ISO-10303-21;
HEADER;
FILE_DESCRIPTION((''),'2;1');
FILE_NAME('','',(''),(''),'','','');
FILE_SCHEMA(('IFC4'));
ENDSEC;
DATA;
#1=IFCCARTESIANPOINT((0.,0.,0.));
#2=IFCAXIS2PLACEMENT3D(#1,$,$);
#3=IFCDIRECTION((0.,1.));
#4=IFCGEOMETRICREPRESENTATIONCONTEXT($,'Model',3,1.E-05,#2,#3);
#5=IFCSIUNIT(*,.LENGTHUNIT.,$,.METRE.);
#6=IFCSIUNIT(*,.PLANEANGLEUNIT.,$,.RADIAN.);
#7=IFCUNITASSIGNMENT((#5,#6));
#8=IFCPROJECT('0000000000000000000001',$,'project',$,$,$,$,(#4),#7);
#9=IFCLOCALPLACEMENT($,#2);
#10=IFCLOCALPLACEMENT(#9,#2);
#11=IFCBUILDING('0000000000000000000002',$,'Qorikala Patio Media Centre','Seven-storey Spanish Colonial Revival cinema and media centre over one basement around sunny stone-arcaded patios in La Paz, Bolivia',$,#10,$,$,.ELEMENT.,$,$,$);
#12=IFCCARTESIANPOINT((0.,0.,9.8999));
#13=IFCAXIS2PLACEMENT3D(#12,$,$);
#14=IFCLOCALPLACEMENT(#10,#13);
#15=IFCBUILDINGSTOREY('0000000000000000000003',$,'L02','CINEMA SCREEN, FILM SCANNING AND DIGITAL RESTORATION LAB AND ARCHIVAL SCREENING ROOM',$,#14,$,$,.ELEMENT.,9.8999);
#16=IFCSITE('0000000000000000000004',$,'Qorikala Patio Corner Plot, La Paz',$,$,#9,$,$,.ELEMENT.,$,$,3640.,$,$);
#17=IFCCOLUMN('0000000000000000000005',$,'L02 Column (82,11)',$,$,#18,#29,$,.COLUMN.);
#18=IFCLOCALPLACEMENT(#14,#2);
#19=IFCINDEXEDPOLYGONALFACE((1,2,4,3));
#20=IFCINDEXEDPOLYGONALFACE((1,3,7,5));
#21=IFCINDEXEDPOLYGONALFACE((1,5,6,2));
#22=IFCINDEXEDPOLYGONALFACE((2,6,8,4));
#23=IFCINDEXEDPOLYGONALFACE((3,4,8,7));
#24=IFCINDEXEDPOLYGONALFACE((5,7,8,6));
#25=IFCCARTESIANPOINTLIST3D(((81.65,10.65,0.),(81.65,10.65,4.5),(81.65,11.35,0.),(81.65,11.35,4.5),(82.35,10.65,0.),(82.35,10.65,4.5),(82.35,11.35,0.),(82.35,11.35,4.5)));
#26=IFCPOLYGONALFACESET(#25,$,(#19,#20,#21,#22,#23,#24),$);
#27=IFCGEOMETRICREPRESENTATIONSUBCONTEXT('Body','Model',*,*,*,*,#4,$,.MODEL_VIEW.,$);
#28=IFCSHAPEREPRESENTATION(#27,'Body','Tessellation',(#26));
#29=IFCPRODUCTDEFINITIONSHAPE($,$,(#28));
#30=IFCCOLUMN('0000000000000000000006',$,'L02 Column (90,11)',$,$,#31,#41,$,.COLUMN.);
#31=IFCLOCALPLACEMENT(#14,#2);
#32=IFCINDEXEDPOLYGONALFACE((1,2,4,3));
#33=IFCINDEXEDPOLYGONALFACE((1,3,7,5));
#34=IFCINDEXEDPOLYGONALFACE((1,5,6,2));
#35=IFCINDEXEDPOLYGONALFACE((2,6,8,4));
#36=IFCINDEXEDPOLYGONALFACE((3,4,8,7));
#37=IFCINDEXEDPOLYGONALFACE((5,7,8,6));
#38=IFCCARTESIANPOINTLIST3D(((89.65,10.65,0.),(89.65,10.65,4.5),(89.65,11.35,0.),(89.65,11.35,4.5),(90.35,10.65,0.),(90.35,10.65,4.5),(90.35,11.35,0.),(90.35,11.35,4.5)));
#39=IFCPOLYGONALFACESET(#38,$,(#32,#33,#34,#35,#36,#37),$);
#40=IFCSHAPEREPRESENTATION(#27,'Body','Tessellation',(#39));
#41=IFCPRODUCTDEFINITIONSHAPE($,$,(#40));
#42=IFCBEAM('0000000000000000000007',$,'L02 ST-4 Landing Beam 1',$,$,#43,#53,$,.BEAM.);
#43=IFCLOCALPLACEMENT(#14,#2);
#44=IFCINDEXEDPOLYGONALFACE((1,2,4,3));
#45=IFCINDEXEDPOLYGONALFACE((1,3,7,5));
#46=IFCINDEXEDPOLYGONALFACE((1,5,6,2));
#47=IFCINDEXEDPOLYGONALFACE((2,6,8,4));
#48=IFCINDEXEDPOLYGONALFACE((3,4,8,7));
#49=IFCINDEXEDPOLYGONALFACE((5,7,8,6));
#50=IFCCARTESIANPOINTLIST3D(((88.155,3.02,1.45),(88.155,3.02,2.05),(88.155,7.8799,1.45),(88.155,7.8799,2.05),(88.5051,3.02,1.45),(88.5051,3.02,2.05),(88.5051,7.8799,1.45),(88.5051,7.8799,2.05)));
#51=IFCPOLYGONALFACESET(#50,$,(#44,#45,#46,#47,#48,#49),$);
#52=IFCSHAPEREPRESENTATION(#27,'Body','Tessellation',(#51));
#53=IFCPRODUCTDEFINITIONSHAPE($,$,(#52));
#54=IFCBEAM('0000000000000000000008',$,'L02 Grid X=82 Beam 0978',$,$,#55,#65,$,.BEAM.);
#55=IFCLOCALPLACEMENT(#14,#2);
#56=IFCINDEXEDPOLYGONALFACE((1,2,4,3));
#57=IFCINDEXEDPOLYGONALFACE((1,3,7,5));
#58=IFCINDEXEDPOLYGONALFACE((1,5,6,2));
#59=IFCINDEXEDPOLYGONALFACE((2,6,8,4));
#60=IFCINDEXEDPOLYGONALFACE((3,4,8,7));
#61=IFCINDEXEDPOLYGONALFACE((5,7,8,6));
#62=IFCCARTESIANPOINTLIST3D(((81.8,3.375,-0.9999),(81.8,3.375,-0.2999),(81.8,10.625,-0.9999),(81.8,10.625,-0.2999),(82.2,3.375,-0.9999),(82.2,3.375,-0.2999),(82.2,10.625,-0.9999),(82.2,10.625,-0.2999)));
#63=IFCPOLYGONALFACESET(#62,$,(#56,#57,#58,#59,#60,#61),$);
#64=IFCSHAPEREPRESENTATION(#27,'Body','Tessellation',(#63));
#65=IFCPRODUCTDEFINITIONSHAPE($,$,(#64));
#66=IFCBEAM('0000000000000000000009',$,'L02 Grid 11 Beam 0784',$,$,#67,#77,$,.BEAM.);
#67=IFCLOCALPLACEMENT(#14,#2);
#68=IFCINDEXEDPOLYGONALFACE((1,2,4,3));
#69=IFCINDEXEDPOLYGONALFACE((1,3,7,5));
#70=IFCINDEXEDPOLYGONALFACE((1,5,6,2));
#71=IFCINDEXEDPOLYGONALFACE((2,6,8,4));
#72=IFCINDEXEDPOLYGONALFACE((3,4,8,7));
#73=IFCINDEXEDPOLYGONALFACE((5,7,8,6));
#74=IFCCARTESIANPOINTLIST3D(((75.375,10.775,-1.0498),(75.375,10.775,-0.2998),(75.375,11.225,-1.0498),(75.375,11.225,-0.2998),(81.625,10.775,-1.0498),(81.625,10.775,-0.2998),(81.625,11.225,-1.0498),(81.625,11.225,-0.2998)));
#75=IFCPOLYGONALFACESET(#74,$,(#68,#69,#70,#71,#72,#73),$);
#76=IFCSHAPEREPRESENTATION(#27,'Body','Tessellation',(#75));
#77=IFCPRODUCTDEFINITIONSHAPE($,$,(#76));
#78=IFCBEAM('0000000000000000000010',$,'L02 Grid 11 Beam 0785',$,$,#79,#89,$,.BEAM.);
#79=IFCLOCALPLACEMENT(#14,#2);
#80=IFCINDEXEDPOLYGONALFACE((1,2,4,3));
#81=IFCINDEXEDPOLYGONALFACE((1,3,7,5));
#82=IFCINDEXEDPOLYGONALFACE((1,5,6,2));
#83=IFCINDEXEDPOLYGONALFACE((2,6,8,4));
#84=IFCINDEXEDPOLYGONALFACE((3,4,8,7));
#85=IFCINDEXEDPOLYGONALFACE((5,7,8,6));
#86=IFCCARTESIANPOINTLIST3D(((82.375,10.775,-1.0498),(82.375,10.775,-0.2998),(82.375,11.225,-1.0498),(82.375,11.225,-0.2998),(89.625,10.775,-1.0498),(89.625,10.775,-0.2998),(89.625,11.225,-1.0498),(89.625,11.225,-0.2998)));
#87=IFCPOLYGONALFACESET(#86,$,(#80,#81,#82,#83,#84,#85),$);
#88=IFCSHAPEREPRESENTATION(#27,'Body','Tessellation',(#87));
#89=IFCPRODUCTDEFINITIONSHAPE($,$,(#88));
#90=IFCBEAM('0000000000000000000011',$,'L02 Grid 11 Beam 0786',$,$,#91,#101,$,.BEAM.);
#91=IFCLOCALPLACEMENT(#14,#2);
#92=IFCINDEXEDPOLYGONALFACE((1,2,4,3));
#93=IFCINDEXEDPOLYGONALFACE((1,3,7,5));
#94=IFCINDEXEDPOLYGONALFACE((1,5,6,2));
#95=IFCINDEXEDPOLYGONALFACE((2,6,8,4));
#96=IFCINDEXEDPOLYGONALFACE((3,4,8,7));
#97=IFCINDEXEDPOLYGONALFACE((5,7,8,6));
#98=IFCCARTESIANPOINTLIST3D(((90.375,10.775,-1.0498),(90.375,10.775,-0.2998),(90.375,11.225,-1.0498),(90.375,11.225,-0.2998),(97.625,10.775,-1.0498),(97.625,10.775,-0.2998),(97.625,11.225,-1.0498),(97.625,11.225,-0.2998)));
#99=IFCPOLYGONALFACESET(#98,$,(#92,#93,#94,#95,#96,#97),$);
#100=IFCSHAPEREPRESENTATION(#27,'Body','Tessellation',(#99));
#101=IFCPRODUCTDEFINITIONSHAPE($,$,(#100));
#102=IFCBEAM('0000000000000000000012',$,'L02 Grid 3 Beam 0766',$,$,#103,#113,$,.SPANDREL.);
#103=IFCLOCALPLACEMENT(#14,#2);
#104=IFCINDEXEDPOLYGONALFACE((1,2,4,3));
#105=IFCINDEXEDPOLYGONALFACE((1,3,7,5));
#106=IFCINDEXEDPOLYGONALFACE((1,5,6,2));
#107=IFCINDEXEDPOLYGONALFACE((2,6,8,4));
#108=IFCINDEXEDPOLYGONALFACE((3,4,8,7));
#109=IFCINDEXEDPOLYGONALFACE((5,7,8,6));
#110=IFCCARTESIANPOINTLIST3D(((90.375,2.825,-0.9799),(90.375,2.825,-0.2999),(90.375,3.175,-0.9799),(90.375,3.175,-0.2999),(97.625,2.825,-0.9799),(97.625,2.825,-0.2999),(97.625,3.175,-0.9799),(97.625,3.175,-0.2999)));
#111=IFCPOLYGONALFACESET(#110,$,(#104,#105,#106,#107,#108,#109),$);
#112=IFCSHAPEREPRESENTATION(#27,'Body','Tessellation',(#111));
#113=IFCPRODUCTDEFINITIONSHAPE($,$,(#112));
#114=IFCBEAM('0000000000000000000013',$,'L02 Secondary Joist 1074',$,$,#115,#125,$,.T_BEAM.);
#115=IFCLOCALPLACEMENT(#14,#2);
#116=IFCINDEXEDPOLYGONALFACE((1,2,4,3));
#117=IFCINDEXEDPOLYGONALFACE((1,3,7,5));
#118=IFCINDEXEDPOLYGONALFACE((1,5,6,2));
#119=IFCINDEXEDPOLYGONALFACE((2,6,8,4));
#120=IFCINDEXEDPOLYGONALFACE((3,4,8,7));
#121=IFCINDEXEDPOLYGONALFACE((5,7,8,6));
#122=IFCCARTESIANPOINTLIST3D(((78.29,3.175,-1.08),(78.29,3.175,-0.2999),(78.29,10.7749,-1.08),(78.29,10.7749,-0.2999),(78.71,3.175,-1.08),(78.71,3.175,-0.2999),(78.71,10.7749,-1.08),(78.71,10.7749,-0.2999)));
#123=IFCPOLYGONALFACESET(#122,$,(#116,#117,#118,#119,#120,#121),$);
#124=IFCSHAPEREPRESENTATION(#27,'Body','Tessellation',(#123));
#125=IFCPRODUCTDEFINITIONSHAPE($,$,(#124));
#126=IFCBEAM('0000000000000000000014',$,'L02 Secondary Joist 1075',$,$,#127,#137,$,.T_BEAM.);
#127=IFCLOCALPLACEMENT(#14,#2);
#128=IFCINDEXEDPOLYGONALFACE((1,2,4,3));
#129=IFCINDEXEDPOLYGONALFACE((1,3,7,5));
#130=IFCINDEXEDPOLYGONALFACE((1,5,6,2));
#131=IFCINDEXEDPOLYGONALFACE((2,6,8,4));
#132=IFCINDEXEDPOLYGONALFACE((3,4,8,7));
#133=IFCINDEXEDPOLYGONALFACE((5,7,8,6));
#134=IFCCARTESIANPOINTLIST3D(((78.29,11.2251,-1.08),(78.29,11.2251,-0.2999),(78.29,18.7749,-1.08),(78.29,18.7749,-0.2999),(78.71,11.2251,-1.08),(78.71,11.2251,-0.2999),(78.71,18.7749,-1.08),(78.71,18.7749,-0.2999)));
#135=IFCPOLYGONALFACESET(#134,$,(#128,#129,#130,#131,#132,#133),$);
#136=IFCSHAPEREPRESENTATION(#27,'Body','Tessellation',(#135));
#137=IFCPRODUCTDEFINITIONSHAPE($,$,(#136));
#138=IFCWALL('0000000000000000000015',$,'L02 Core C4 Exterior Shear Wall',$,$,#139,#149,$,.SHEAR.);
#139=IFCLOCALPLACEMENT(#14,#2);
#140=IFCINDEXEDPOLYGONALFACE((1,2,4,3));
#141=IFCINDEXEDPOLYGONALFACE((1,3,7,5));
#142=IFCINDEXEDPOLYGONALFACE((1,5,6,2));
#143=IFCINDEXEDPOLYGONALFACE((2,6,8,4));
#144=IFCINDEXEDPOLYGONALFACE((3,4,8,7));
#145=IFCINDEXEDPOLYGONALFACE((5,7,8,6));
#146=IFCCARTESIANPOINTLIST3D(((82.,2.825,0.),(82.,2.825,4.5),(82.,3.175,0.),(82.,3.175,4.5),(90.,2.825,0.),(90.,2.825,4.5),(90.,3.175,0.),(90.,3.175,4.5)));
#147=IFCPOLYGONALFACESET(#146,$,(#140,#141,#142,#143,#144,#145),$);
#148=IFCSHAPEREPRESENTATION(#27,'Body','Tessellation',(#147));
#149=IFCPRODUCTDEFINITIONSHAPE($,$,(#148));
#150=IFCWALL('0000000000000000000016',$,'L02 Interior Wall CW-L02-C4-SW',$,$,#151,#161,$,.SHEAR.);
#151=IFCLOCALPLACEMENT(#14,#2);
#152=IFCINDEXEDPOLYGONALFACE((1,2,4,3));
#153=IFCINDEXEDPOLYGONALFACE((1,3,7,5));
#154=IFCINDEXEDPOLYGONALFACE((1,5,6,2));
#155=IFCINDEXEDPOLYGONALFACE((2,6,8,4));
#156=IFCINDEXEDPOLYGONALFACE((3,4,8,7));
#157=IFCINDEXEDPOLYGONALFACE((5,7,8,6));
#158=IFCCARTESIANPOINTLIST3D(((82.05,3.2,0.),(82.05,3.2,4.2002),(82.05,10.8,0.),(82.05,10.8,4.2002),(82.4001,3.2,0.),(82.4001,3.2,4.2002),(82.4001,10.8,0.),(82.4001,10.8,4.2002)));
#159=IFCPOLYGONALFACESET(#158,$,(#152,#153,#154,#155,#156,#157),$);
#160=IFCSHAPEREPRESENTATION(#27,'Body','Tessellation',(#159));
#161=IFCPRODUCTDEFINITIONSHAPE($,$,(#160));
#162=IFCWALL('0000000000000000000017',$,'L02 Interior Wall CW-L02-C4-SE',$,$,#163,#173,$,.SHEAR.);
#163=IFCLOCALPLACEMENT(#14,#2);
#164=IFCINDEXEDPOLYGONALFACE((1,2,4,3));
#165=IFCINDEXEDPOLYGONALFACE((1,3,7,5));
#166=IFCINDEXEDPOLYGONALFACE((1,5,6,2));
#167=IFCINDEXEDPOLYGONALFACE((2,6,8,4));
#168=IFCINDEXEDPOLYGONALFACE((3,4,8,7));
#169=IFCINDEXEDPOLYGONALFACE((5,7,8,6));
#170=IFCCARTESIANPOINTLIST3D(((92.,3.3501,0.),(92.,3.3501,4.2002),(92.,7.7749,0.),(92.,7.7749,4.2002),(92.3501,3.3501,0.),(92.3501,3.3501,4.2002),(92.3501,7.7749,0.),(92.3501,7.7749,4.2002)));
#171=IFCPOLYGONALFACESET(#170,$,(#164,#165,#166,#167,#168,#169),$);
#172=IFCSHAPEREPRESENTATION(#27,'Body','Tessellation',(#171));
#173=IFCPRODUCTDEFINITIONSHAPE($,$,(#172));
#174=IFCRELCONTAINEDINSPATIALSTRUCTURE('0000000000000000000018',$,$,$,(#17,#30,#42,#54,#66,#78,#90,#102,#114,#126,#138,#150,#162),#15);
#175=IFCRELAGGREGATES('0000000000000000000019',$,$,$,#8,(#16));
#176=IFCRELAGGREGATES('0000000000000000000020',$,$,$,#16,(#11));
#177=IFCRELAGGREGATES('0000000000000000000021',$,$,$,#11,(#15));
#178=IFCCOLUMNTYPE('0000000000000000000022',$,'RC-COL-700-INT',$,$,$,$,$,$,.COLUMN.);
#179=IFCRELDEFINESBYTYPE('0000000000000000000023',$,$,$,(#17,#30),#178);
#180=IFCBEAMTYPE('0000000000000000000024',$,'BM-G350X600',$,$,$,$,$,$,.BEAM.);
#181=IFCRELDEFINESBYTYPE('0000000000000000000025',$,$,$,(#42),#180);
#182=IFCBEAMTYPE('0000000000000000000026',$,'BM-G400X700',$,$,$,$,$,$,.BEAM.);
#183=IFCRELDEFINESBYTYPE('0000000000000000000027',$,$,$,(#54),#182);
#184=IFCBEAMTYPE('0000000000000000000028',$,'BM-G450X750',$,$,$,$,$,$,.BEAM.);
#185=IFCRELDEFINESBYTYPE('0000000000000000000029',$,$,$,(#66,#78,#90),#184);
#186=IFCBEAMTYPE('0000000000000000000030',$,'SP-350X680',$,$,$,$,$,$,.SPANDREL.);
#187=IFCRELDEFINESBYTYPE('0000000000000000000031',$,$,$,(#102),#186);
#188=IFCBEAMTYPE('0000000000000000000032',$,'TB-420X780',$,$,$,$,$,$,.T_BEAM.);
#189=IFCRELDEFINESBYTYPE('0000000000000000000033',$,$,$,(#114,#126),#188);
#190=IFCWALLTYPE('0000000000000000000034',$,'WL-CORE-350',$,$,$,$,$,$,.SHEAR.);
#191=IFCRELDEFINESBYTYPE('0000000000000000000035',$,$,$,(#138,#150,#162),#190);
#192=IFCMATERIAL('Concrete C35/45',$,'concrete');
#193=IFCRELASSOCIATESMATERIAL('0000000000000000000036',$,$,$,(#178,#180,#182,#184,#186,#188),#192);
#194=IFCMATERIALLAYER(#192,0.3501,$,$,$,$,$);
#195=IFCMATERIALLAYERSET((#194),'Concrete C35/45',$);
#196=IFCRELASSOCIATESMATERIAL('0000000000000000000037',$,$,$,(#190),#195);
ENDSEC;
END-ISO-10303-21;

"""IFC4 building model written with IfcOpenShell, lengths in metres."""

from ifc_helpers import new_model, si_unit, direction, frame, frame_2d, origin, origin_2d, place, context, subcontext, project, spatial, rectangle, extrude, material, layer, layer_set, material_profile, profile_set, type_object, element, save


model = new_model("IFC4")

# Units and contexts
model_context = context("Model", 3, precision=1e-05, world=origin(), true_north=direction((0.0, 1.0)))
body_context = subcontext(model_context, "Body", "Model", "MODEL_VIEW")
ifc_project = project(units=[si_unit("LENGTHUNIT", "METRE"), si_unit("PLANEANGLEUNIT", "RADIAN")], contexts=[model_context])

# Site, building, storey
site_placement = place(None, origin())
site = spatial("IfcSite", under=ifc_project, at=site_placement, Name="Qorikala Patio Corner Plot, La Paz", CompositionType="ELEMENT", RefElevation=3640.0)
building_placement = place(site_placement, origin())
building = spatial("IfcBuilding", under=site, at=building_placement, Name="Qorikala Patio Media Centre", Description="Seven-storey Spanish Colonial Revival cinema and media centre over one basement around sunny stone-arcaded patios in La Paz, Bolivia", CompositionType="ELEMENT")
storey_placement = place(building_placement, frame((0.0, 0.0, 9.8999)))
storey = spatial("IfcBuildingStorey", under=building, at=storey_placement, Name="L02", Description="CINEMA SCREEN, FILM SCANNING AND DIGITAL RESTORATION LAB AND ARCHIVAL SCREENING ROOM", CompositionType="ELEMENT", Elevation=9.8999)

# Columns
ifc_material_1 = material(Name="Concrete C35/45", Category="concrete")
ifc_material_profile_1 = material_profile(ifc_material_1, rectangle(XDim=0.7, YDim=0.7, at=origin_2d()), Name="RC 700x700")
ifc_profile_set_1 = profile_set([ifc_material_profile_1], Name="Concrete C35/45")
column_type = type_object("IfcColumnType", Name="RC-COL-700-INT", PredefinedType="COLUMN", material=ifc_profile_set_1)
for number, where, z_axis, x_axis, name in (
    (1, (82.0, 11.0, 0.0), (0.0, 0.0, 1.0), (1.0, 0.0, 0.0), "L02 Column (82,11)"),
    (2, (90.0, 11.0, 0.0), (0.0, 0.0, 1.0), (1.0, 0.0, 0.0), "L02 Column (90,11)"),
):
    element("IfcColumn", number, at=place(storey_placement, frame(where, z_axis=z_axis, x_axis=x_axis)), inside=storey, type_object=column_type, Name=name, PredefinedType="COLUMN", context=body_context, shape_type="SweptSolid", body=[
        extrude(rectangle(XDim=0.7, YDim=0.7, at=origin_2d()), origin(), (0.0, 0.0, 1.0), 4.5),
    ])

# Beams
ifc_material_profile_2 = material_profile(ifc_material_1, rectangle(XDim=0.3501, YDim=0.6001, at=origin_2d()), Name="RC 350x600")
ifc_profile_set_2 = profile_set([ifc_material_profile_2], Name="Concrete C35/45")
beam_type_1 = type_object("IfcBeamType", Name="BM-G350X600", PredefinedType="BEAM", material=ifc_profile_set_2)
beam_1_placement = place(storey_placement, frame((88.3301, 3.02, 1.75), z_axis=(0.0, 1.0, 0.0), x_axis=(-1.0, 0.0, 0.0)))
element("IfcBeam", 3, at=beam_1_placement, inside=storey, type_object=beam_type_1, Name="L02 ST-4 Landing Beam 1", PredefinedType="BEAM", context=body_context, shape_type="SweptSolid", body=[
    extrude(rectangle(XDim=0.3501, YDim=0.6001, at=origin_2d()), origin(), (0.0, 0.0, 1.0), 4.8599),
])
ifc_material_profile_3 = material_profile(ifc_material_1, rectangle(XDim=0.3999, YDim=0.7, at=origin_2d()), Name="RC 400x700")
ifc_profile_set_3 = profile_set([ifc_material_profile_3], Name="Concrete C35/45")
beam_type_2 = type_object("IfcBeamType", Name="BM-G400X700", PredefinedType="BEAM", material=ifc_profile_set_3)
beam_2_placement = place(storey_placement, frame((82.0, 3.375, -0.6499), z_axis=(0.0, 1.0, 0.0), x_axis=(-1.0, 0.0, 0.0)))
element("IfcBeam", 4, at=beam_2_placement, inside=storey, type_object=beam_type_2, Name="L02 Grid X=82 Beam 0978", PredefinedType="BEAM", context=body_context, shape_type="SweptSolid", body=[
    extrude(rectangle(XDim=0.3999, YDim=0.7, at=origin_2d()), origin(), (0.0, 0.0, 1.0), 7.25),
])
ifc_material_profile_4 = material_profile(ifc_material_1, rectangle(XDim=0.45, YDim=0.75, at=origin_2d()), Name="RC 450x750")
ifc_profile_set_4 = profile_set([ifc_material_profile_4], Name="Concrete C35/45")
beam_type_3 = type_object("IfcBeamType", Name="BM-G450X750", PredefinedType="BEAM", material=ifc_profile_set_4)
beam_3_placement = place(storey_placement, frame((75.375, 11.0, -0.6748), z_axis=(1.0, 0.0, 0.0), x_axis=(0.0, 1.0, 0.0)))
element("IfcBeam", 5, at=beam_3_placement, inside=storey, type_object=beam_type_3, Name="L02 Grid 11 Beam 0784", PredefinedType="BEAM", context=body_context, shape_type="SweptSolid", body=[
    extrude(rectangle(XDim=0.45, YDim=0.75, at=origin_2d()), origin(), (0.0, 0.0, 1.0), 6.25),
])
for number, where, z_axis, x_axis, name in (
    (6, (82.375, 11.0, -0.6748), (1.0, 0.0, 0.0), (0.0, 1.0, 0.0), "L02 Grid 11 Beam 0785"),
    (7, (90.375, 11.0, -0.6748), (1.0, 0.0, 0.0), (0.0, 1.0, 0.0), "L02 Grid 11 Beam 0786"),
):
    element("IfcBeam", number, at=place(storey_placement, frame(where, z_axis=z_axis, x_axis=x_axis)), inside=storey, type_object=beam_type_3, Name=name, PredefinedType="BEAM", context=body_context, shape_type="SweptSolid", body=[
        extrude(rectangle(XDim=0.45, YDim=0.75, at=origin_2d()), origin(), (0.0, 0.0, 1.0), 7.25),
    ])
ifc_material_profile_5 = material_profile(ifc_material_1, rectangle(XDim=0.3501, YDim=0.6799, at=origin_2d()), Name="RC 350x680")
ifc_profile_set_5 = profile_set([ifc_material_profile_5], Name="Concrete C35/45")
beam_type_4 = type_object("IfcBeamType", Name="SP-350X680", PredefinedType="SPANDREL", material=ifc_profile_set_5)
beam_4_placement = place(storey_placement, frame((90.375, 3.0, -0.6399), z_axis=(1.0, 0.0, 0.0), x_axis=(0.0, 1.0, 0.0)))
element("IfcBeam", 8, at=beam_4_placement, inside=storey, type_object=beam_type_4, Name="L02 Grid 3 Beam 0766", PredefinedType="SPANDREL", context=body_context, shape_type="SweptSolid", body=[
    extrude(rectangle(XDim=0.3501, YDim=0.6799, at=origin_2d()), origin(), (0.0, 0.0, 1.0), 7.25),
])
ifc_material_profile_6 = material_profile(ifc_material_1, rectangle(XDim=0.4199, YDim=0.78, at=origin_2d()), Name="RC 420x780")
ifc_profile_set_6 = profile_set([ifc_material_profile_6], Name="Concrete C35/45")
beam_type_5 = type_object("IfcBeamType", Name="TB-420X780", PredefinedType="T_BEAM", material=ifc_profile_set_6)
beam_5_placement = place(storey_placement, frame((78.5, 3.175, -0.6899), z_axis=(0.0, 1.0, 0.0), x_axis=(-1.0, 0.0, 0.0)))
element("IfcBeam", 9, at=beam_5_placement, inside=storey, type_object=beam_type_5, Name="L02 Secondary Joist 1074", PredefinedType="T_BEAM", context=body_context, shape_type="SweptSolid", body=[
    extrude(rectangle(XDim=0.4199, YDim=0.78, at=origin_2d()), origin(), (0.0, 0.0, 1.0), 7.5999),
])
beam_6_placement = place(storey_placement, frame((78.5, 11.2251, -0.6899), z_axis=(0.0, 1.0, 0.0), x_axis=(-1.0, 0.0, 0.0)))
element("IfcBeam", 10, at=beam_6_placement, inside=storey, type_object=beam_type_5, Name="L02 Secondary Joist 1075", PredefinedType="T_BEAM", context=body_context, shape_type="SweptSolid", body=[
    extrude(rectangle(XDim=0.4199, YDim=0.78, at=origin_2d()), origin(), (0.0, 0.0, 1.0), 7.5498),
])

# Walls
ifc_layer_1 = layer(ifc_material_1, 0.3501)
ifc_layer_set_1 = layer_set([ifc_layer_1], Name="Concrete C35/45")
wall_type_1 = type_object("IfcWallType", Name="WL-CORE-350", PredefinedType="SHEAR", material=ifc_layer_set_1)
wall_1_placement = place(storey_placement, frame((90.0, 3.0, 0.0), z_axis=(0.0, 0.0, 1.0), x_axis=(-1.0, 0.0, 0.0)))
element("IfcWall", 11, at=wall_1_placement, inside=storey, type_object=wall_type_1, Name="L02 Core C4 Exterior Shear Wall", PredefinedType="SHEAR", context=body_context, shape_type="SweptSolid", body=[
    extrude(rectangle(XDim=8.0, YDim=0.3501, at=frame_2d((4.0, 0.0))), origin(), (0.0, 0.0, 1.0), 4.5),
])
wall_2_placement = place(storey_placement, frame((82.2251, 3.2, 0.0), z_axis=(0.0, 0.0, 1.0), x_axis=(0.0, 1.0, 0.0)))
element("IfcWall", 12, at=wall_2_placement, inside=storey, type_object=wall_type_1, Name="L02 Interior Wall CW-L02-C4-SW", PredefinedType="SHEAR", context=body_context, shape_type="SweptSolid", body=[
    extrude(rectangle(XDim=7.6001, YDim=0.3501, at=frame_2d((3.8, 0.0))), origin(), (0.0, 0.0, 1.0), 4.2002),
])
wall_3_placement = place(storey_placement, frame((92.175, 3.3501, 0.0), z_axis=(0.0, 0.0, 1.0), x_axis=(0.0, 1.0, 0.0)))
element("IfcWall", 13, at=wall_3_placement, inside=storey, type_object=wall_type_1, Name="L02 Interior Wall CW-L02-C4-SE", PredefinedType="SHEAR", context=body_context, shape_type="SweptSolid", body=[
    extrude(rectangle(XDim=4.4248, YDim=0.3501, at=frame_2d((2.2124, 0.0))), origin(), (0.0, 0.0, 1.0), 4.2002),
])

save(model, "model.ifc")
